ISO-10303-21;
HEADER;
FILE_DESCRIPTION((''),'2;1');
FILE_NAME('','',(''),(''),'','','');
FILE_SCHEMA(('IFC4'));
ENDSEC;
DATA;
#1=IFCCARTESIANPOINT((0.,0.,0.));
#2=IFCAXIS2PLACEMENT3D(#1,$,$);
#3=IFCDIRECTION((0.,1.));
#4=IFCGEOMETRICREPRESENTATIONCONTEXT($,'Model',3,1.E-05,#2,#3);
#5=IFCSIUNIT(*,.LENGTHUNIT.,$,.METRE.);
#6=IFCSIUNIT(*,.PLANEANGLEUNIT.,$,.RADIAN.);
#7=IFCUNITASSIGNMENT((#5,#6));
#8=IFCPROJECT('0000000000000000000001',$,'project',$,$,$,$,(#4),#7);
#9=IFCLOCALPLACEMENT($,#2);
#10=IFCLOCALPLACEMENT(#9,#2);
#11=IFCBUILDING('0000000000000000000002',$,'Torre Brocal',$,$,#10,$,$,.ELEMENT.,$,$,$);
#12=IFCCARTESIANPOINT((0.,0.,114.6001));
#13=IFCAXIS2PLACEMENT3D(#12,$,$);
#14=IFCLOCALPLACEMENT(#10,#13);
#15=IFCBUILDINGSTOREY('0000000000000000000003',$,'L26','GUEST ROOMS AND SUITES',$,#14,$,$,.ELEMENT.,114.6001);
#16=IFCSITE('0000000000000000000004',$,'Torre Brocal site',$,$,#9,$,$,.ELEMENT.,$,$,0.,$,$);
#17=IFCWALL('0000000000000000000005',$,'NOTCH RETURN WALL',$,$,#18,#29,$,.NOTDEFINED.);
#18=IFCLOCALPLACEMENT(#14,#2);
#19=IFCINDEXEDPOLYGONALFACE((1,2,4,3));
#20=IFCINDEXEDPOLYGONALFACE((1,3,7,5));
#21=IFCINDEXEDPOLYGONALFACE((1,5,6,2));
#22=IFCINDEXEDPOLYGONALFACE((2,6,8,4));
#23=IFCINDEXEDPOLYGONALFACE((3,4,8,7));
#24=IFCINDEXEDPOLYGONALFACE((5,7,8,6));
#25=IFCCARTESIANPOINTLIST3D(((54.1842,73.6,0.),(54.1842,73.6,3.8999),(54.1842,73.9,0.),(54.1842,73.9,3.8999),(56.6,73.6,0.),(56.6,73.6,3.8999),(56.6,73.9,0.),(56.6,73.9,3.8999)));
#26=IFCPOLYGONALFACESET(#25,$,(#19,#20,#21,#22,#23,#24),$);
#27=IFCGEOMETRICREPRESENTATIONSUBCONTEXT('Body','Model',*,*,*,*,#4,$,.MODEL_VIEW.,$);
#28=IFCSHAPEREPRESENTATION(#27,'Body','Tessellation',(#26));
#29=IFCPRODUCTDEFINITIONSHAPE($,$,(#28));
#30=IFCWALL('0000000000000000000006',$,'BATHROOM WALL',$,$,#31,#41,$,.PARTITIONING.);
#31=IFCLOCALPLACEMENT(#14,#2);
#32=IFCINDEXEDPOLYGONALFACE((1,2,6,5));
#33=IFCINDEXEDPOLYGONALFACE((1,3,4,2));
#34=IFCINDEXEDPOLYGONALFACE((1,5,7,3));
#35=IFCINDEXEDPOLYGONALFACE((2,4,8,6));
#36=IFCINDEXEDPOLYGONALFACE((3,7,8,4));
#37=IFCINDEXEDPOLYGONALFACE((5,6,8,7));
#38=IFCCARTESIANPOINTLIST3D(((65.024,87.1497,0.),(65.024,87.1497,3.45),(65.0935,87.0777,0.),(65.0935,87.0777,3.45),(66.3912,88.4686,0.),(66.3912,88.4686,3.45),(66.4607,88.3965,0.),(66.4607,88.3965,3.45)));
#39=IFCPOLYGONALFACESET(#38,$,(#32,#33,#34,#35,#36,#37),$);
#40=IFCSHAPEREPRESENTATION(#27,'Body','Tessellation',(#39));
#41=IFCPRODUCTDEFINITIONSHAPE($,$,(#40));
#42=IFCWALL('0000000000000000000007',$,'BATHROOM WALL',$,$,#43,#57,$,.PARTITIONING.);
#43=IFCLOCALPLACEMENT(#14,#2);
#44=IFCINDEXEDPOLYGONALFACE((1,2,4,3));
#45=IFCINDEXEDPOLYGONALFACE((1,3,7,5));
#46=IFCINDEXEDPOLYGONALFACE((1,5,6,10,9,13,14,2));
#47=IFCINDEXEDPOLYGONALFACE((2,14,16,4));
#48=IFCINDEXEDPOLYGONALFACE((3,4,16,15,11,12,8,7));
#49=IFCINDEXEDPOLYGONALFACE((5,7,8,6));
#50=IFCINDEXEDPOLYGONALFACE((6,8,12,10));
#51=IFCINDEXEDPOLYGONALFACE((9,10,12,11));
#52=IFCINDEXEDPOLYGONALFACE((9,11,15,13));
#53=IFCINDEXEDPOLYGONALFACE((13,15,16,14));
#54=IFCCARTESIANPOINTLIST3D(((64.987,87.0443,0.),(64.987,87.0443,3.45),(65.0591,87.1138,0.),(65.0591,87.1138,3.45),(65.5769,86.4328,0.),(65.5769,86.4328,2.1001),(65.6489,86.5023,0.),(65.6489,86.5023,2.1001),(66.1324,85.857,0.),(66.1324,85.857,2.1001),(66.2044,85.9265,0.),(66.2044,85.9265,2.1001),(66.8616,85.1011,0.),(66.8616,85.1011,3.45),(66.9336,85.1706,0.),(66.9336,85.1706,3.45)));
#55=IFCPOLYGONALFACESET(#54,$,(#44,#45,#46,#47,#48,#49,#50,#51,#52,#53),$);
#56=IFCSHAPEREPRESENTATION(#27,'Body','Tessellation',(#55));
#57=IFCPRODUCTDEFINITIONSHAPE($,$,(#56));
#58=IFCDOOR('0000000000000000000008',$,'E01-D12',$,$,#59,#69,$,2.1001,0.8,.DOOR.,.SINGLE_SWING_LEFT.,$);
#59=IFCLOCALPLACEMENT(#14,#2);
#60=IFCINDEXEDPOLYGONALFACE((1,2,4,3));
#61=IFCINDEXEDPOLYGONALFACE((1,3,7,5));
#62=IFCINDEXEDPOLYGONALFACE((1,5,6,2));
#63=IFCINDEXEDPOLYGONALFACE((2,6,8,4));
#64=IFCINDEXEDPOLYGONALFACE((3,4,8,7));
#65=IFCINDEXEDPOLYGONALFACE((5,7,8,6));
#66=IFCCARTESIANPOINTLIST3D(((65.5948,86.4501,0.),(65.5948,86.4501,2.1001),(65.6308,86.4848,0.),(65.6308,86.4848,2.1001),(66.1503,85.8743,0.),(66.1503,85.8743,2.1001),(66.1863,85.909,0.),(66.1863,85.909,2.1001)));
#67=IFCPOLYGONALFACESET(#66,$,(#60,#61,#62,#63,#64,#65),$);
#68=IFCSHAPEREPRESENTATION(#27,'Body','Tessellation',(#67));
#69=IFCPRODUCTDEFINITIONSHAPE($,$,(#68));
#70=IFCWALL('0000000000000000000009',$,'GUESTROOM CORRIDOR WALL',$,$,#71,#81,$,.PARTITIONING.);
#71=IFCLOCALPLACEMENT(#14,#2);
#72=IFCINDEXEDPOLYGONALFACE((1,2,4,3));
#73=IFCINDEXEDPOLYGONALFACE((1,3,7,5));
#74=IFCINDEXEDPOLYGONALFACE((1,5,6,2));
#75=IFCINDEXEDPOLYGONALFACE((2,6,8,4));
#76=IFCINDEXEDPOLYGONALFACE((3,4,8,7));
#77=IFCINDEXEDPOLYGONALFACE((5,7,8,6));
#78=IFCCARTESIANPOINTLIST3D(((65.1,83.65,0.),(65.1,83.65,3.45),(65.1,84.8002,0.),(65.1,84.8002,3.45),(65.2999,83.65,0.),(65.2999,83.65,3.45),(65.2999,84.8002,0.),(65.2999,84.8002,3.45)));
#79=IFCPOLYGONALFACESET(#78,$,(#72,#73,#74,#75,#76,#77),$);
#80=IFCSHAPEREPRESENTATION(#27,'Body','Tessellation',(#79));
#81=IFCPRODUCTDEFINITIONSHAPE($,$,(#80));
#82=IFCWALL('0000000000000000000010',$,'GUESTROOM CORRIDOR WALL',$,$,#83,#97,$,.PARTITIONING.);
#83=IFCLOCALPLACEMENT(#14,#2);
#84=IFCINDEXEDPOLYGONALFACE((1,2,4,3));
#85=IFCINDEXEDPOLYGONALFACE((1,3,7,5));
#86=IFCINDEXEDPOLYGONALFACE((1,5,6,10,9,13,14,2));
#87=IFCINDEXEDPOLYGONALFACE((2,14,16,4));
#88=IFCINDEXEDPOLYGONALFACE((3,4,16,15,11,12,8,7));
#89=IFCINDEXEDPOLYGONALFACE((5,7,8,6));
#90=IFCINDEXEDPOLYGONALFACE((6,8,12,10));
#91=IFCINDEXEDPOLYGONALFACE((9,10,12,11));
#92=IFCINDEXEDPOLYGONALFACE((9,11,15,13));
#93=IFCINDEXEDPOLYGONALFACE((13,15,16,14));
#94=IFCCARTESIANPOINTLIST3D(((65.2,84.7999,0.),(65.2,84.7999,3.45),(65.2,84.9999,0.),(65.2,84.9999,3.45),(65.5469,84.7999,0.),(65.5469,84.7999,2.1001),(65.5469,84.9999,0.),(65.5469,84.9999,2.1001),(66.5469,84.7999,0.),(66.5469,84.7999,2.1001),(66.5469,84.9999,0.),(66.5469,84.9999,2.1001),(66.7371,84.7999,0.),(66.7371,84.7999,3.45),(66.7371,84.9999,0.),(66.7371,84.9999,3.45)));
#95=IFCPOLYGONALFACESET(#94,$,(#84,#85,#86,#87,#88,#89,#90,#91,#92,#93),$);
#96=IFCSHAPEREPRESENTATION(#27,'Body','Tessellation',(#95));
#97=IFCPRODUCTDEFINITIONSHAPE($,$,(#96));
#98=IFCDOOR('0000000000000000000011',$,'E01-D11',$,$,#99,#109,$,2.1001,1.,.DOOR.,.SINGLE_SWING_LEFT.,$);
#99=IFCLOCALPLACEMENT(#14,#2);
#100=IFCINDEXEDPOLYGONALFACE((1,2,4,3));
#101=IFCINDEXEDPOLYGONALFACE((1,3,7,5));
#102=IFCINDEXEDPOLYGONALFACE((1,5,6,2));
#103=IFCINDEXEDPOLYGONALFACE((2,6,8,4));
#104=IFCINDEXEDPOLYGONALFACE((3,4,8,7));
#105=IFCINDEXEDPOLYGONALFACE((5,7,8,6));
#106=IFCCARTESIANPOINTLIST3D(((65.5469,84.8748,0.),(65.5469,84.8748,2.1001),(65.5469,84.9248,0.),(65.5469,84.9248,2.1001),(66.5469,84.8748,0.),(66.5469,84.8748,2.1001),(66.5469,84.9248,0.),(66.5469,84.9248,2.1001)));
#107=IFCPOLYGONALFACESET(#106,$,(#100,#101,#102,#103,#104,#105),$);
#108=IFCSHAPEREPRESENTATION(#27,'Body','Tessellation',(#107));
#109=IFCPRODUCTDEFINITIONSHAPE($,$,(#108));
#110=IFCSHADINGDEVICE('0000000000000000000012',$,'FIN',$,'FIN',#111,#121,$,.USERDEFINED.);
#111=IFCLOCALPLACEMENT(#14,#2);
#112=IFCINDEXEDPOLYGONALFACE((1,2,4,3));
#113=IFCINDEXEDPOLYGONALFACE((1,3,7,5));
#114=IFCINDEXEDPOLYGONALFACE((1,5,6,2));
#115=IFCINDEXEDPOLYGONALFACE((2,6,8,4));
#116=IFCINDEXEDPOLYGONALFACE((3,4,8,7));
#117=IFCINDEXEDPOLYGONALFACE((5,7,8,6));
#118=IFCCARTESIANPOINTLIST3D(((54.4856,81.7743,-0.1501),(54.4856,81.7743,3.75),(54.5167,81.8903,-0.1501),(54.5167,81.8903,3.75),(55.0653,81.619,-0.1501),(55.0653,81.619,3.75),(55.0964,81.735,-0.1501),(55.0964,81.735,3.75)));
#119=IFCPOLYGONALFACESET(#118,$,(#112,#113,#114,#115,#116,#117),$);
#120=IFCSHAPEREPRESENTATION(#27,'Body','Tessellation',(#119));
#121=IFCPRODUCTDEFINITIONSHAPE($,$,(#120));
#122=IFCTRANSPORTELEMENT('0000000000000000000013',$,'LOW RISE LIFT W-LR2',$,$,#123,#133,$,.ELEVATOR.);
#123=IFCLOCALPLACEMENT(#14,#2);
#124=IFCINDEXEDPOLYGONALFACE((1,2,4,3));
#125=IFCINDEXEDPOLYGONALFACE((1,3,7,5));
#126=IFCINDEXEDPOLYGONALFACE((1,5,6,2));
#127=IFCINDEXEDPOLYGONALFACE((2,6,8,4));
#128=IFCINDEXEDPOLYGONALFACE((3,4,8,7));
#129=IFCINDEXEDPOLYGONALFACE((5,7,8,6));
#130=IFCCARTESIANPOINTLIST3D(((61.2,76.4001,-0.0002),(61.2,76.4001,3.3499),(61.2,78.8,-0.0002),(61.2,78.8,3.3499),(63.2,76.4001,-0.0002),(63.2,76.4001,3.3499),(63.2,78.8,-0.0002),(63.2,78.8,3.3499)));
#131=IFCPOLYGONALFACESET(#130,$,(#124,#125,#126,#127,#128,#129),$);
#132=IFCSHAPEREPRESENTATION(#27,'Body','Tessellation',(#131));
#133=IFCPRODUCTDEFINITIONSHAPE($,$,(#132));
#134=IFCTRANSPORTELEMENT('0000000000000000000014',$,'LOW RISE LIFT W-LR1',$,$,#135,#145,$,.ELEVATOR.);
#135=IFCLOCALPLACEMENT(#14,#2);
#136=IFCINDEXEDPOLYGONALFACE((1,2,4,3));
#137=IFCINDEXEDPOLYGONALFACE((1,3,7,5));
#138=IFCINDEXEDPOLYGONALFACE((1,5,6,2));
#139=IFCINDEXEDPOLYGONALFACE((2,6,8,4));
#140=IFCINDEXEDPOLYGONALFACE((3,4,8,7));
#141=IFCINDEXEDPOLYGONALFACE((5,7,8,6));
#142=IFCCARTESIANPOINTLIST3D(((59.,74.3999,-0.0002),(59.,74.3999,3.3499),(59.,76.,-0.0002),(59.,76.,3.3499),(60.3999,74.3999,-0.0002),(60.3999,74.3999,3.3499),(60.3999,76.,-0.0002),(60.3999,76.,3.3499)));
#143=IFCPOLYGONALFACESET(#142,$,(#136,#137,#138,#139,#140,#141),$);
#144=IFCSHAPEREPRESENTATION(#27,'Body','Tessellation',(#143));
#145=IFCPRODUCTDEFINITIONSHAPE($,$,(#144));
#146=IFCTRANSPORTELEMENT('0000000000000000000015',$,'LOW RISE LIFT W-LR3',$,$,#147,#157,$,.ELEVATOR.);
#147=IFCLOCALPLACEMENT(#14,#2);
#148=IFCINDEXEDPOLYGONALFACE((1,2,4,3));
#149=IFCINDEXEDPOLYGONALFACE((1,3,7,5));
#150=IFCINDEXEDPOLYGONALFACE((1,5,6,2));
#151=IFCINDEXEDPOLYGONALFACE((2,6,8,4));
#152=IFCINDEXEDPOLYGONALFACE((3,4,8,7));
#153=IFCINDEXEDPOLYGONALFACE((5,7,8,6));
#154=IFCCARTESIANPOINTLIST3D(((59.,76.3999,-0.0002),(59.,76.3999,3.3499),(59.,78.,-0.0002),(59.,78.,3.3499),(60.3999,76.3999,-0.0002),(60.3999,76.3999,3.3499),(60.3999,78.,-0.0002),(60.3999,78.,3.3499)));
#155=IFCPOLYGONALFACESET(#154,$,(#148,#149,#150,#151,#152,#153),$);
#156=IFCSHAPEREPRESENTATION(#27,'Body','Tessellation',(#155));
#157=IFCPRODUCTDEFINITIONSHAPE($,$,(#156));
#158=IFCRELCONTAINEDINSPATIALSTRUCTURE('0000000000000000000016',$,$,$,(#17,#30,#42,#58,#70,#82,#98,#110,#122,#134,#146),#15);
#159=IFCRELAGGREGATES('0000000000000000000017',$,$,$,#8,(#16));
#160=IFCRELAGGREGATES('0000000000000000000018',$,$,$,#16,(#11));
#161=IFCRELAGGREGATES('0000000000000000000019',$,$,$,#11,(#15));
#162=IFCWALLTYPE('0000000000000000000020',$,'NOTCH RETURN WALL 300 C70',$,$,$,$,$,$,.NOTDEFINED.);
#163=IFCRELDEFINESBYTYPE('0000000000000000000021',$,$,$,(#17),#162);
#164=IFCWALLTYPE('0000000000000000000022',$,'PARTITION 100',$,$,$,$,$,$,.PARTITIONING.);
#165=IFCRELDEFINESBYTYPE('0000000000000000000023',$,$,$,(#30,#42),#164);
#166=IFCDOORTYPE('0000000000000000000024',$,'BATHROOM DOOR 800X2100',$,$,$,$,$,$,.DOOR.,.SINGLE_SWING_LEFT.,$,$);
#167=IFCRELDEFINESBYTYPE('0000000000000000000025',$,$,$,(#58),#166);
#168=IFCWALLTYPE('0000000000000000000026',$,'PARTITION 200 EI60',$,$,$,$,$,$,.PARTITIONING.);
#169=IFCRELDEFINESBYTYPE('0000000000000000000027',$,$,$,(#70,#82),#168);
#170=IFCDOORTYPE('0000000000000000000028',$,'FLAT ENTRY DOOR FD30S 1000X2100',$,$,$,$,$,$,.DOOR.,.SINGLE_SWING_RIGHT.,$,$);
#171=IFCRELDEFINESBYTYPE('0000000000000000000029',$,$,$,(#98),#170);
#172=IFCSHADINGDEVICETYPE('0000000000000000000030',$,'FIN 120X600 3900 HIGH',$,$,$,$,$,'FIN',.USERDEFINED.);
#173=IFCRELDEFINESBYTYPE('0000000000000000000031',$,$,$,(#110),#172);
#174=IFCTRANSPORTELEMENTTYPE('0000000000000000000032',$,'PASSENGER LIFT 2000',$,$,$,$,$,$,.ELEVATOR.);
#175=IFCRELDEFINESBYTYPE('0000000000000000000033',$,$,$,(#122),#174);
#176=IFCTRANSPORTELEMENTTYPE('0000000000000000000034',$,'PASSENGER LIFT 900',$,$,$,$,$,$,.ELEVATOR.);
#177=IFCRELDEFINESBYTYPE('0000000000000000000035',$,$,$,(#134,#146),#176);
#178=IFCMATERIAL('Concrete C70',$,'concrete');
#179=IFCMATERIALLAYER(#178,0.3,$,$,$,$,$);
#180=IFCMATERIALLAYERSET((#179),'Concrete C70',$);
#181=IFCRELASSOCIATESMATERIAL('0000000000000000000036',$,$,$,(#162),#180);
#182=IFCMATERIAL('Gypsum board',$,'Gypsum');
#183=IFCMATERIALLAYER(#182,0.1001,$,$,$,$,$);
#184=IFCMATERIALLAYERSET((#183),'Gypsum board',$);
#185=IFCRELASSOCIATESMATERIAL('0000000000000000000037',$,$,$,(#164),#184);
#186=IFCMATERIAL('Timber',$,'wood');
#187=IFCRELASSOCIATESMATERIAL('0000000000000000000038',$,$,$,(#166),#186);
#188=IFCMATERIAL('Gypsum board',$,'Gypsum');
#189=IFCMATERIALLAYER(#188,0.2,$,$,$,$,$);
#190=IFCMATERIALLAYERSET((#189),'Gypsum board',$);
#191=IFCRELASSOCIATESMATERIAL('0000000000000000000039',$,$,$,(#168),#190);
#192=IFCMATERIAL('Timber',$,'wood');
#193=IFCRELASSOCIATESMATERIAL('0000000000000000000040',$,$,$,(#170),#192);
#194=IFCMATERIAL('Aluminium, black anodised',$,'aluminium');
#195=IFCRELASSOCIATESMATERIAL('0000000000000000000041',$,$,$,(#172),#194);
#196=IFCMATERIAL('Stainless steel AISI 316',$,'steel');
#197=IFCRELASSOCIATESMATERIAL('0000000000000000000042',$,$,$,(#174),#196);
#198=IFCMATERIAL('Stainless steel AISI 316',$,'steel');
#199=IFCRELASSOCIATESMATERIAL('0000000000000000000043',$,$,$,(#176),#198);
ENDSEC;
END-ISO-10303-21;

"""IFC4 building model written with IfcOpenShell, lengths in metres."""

from ifc_helpers import new_model, si_unit, direction, frame, frame_2d, origin, origin_2d, place, context, subcontext, project, spatial, rectangle, extrude, material, layer, layer_set, material_profile, profile_set, type_object, element, fill, save


model = new_model("IFC4")

# Units and contexts
model_context = context("Model", 3, precision=1e-05, world=origin(), true_north=direction((0.0, 1.0)))
body_context = subcontext(model_context, "Body", "Model", "MODEL_VIEW")
ifc_project = project(units=[si_unit("LENGTHUNIT", "METRE"), si_unit("PLANEANGLEUNIT", "RADIAN")], contexts=[model_context])

# Site, building, storey
site_placement = place(None, origin())
site = spatial("IfcSite", under=ifc_project, at=site_placement, Name="Torre Brocal site", CompositionType="ELEMENT", RefElevation=0.0)
building_placement = place(site_placement, origin())
building = spatial("IfcBuilding", under=site, at=building_placement, Name="Torre Brocal", CompositionType="ELEMENT")
storey_placement = place(building_placement, frame((0.0, 0.0, 114.6001)))
storey = spatial("IfcBuildingStorey", under=building, at=storey_placement, Name="L26", Description="GUEST ROOMS AND SUITES", CompositionType="ELEMENT", Elevation=114.6001)

# Walls
ifc_material_1 = material(Name="Concrete C70", Category="concrete")
ifc_layer_1 = layer(ifc_material_1, 0.3)
ifc_layer_set_1 = layer_set([ifc_layer_1], Name="Concrete C70")
wall_type_1 = type_object("IfcWallType", Name="NOTCH RETURN WALL 300 C70", PredefinedType="NOTDEFINED", material=ifc_layer_set_1)
for number, where, z_axis, x_axis, name in (
    (1, (56.6001, 73.75, 0.0), (0.0, 0.0, 1.0), (-1.0, 0.0, 0.0), "NOTCH RETURN WALL"),
):
    element("IfcWall", number, at=place(storey_placement, frame(where, z_axis=z_axis, x_axis=x_axis)), inside=storey, type_object=wall_type_1, Name=name, PredefinedType="NOTDEFINED", context=body_context, shape_type="SweptSolid", body=[
        extrude(rectangle(XDim=2.4158, YDim=0.3, at=frame_2d((1.208, 0.0))), origin(), (0.0, 0.0, 1.0), 3.8999),
    ])
ifc_material_2 = material(Name="Gypsum board", Category="Gypsum")
ifc_layer_2 = layer(ifc_material_2, 0.1001)
ifc_layer_set_2 = layer_set([ifc_layer_2], Name="Gypsum board")
wall_type_2 = type_object("IfcWallType", Name="PARTITION 100", PredefinedType="PARTITIONING", material=ifc_layer_set_2)
wall_1_placement = place(storey_placement, frame((65.0588, 87.1138, 0.0), z_axis=(0.0, 0.0, 1.0), x_axis=(0.719716, 0.694269, 0.0)))
element("IfcWall", 2, at=wall_1_placement, inside=storey, type_object=wall_type_2, Name="BATHROOM WALL", PredefinedType="PARTITIONING", context=body_context, shape_type="SweptSolid", body=[
    extrude(rectangle(XDim=1.8997, YDim=0.1001, at=frame_2d((0.9497, 0.0))), origin(), (0.0, 0.0, 1.0), 3.45),
])

# Wall, opening, door
wall_2_placement = place(storey_placement, frame((65.0229, 87.0791, 0.0), z_axis=(0.0, 0.0, 1.0), x_axis=(0.694288, -0.719697, 0.0)))
wall_2 = element("IfcWall", 3, at=wall_2_placement, inside=storey, type_object=wall_type_2, Name="BATHROOM WALL", PredefinedType="PARTITIONING", context=body_context, shape_type="SweptSolid", body=[
    extrude(rectangle(XDim=2.7, YDim=0.1001, at=frame_2d((1.3501, 0.0))), origin(), (0.0, 0.0, 1.0), 3.45),
])
opening_1_placement = place(wall_2_placement, frame((0.8499, 0.0, 0.0)))
opening_1 = element("IfcOpeningElement", 4, at=opening_1_placement, cuts=wall_2, PredefinedType="OPENING", context=body_context, shape_type="SweptSolid", body=[
    extrude(rectangle(XDim=0.8, YDim=2.1001, at=frame_2d((0.3999, 1.05))), frame((0.0, 0.0601, 0.0), z_axis=(0.0, -1.0, 0.0), x_axis=(1.0, 0.0, 0.0)), (0.0, 0.0, 1.0), 0.1201),
])
ifc_material_3 = material(Name="Timber", Category="wood")
door_type_1 = type_object("IfcDoorType", Name="BATHROOM DOOR 800X2100", OperationType="SINGLE_SWING_LEFT", PredefinedType="DOOR", material=ifc_material_3)
door_1_placement = place(opening_1_placement, origin())
door_1 = element("IfcDoor", 5, at=door_1_placement, inside=storey, type_object=door_type_1, Name="E01-D12", OperationType="SINGLE_SWING_LEFT", OverallHeight=2.1001, OverallWidth=0.8, PredefinedType="DOOR", context=body_context, shape_type="SweptSolid", body=[
    extrude(rectangle(XDim=0.8, YDim=2.1001, at=frame_2d((0.3999, 1.05))), frame((0.0, 0.0249, 0.0), z_axis=(0.0, -1.0, 0.0), x_axis=(1.0, 0.0, 0.0)), (0.0, 0.0, 1.0), 0.05),
])
fill(opening_1, door_1)

# Wall
ifc_material_4 = material(Name="Gypsum board", Category="Gypsum")
ifc_layer_3 = layer(ifc_material_4, 0.2)
ifc_layer_set_3 = layer_set([ifc_layer_3], Name="Gypsum board")
wall_type_3 = type_object("IfcWallType", Name="PARTITION 200 EI60", PredefinedType="PARTITIONING", material=ifc_layer_set_3)
wall_3_placement = place(storey_placement, frame((65.2, 83.6499, 0.0), z_axis=(0.0, 0.0, 1.0), x_axis=(0.0, 1.0, 0.0)))
element("IfcWall", 6, at=wall_3_placement, inside=storey, type_object=wall_type_3, Name="GUESTROOM CORRIDOR WALL", PredefinedType="PARTITIONING", context=body_context, shape_type="SweptSolid", body=[
    extrude(rectangle(XDim=1.1501, YDim=0.2, at=frame_2d((0.5752, 0.0))), origin(), (0.0, 0.0, 1.0), 3.45),
])

# Wall, opening, door
wall_4_placement = place(storey_placement, frame((65.2, 84.8999, 0.0), z_axis=(0.0, 0.0, 1.0), x_axis=(1.0, 0.0, 0.0)))
wall_4 = element("IfcWall", 7, at=wall_4_placement, inside=storey, type_object=wall_type_3, Name="GUESTROOM CORRIDOR WALL", PredefinedType="PARTITIONING", context=body_context, shape_type="SweptSolid", body=[
    extrude(rectangle(XDim=1.5371, YDim=0.2, at=frame_2d((0.7686, 0.0))), origin(), (0.0, 0.0, 1.0), 3.45),
])
opening_2_placement = place(wall_4_placement, frame((0.3469, 0.0, 0.0)))
opening_2 = element("IfcOpeningElement", 8, at=opening_2_placement, cuts=wall_4, PredefinedType="OPENING", context=body_context, shape_type="SweptSolid", body=[
    extrude(rectangle(XDim=1.0, YDim=2.1001, at=frame_2d((0.5, 1.05))), frame((0.0, 0.1099, 0.0), z_axis=(0.0, -1.0, 0.0), x_axis=(1.0, 0.0, 0.0)), (0.0, 0.0, 1.0), 0.22),
])
ifc_material_5 = material(Name="Timber", Category="wood")
door_type_2 = type_object("IfcDoorType", Name="FLAT ENTRY DOOR FD30S 1000X2100", OperationType="SINGLE_SWING_RIGHT", PredefinedType="DOOR", material=ifc_material_5)
door_2_placement = place(opening_2_placement, origin())
door_2 = element("IfcDoor", 9, at=door_2_placement, inside=storey, type_object=door_type_2, Name="E01-D11", OperationType="SINGLE_SWING_LEFT", OverallHeight=2.1001, OverallWidth=1.0, PredefinedType="DOOR", context=body_context, shape_type="SweptSolid", body=[
    extrude(rectangle(XDim=1.0, YDim=2.1001, at=frame_2d((0.5, 1.05))), frame((0.0, 0.0249, 0.0), z_axis=(0.0, -1.0, 0.0), x_axis=(1.0, 0.0, 0.0)), (0.0, 0.0, 1.0), 0.05),
])
fill(opening_2, door_2)

# Shading device
ifc_material_6 = material(Name="Aluminium, black anodised", Category="aluminium")
ifc_material_profile_1 = material_profile(ifc_material_6, rectangle(XDim=0.1201, YDim=0.6001, at=origin_2d()), Name="FIN 120X600 3900 HIGH")
ifc_profile_set_1 = profile_set([ifc_material_profile_1], Name="Aluminium, black anodised")
shading_device_type = type_object("IfcShadingDeviceType", Name="FIN 120X600 3900 HIGH", ElementType="FIN", PredefinedType="USERDEFINED", material=ifc_profile_set_1)
shading_device_placement = place(storey_placement, frame((54.791, 81.7546, -0.1501), z_axis=(0.0, 0.0, 1.0), x_axis=(-0.258819, -0.965926, 0.0)))
element("IfcShadingDevice", 10, at=shading_device_placement, inside=storey, type_object=shading_device_type, Name="FIN", ObjectType="FIN", PredefinedType="USERDEFINED", context=body_context, shape_type="SweptSolid", body=[
    extrude(rectangle(XDim=0.1201, YDim=0.6001, at=origin_2d()), origin(), (0.0, 0.0, 1.0), 3.9001),
])

# Transport elements
ifc_material_7 = material(Name="Stainless steel AISI 316", Category="steel")
transport_element_type_1 = type_object("IfcTransportElementType", Name="PASSENGER LIFT 2000", PredefinedType="ELEVATOR", material=ifc_material_7)
transport_element_placement = place(storey_placement, frame((62.2, 77.6001, -0.0002), z_axis=(0.0, 0.0, 1.0), x_axis=(1.0, 0.0, 0.0)))
element("IfcTransportElement", 11, at=transport_element_placement, inside=storey, type_object=transport_element_type_1, Name="LOW RISE LIFT W-LR2", PredefinedType="ELEVATOR", context=body_context, shape_type="SweptSolid", body=[
    extrude(rectangle(XDim=2.0, YDim=2.3999, at=origin_2d()), origin(), (0.0, 0.0, 1.0), 3.3501),
])
ifc_material_8 = material(Name="Stainless steel AISI 316", Category="steel")
transport_element_type_2 = type_object("IfcTransportElementType", Name="PASSENGER LIFT 900", PredefinedType="ELEVATOR", material=ifc_material_8)
for number, where, z_axis, x_axis, name in (
    (12, (59.7, 75.2, -0.0002), (0.0, 0.0, 1.0), (1.0, 0.0, 0.0), "LOW RISE LIFT W-LR1"),
    (13, (59.7, 77.2, -0.0002), (0.0, 0.0, 1.0), (1.0, 0.0, 0.0), "LOW RISE LIFT W-LR3"),
):
    element("IfcTransportElement", number, at=place(storey_placement, frame(where, z_axis=z_axis, x_axis=x_axis)), inside=storey, type_object=transport_element_type_2, Name=name, PredefinedType="ELEVATOR", context=body_context, shape_type="SweptSolid", body=[
        extrude(rectangle(XDim=1.3999, YDim=1.6001, at=origin_2d()), origin(), (0.0, 0.0, 1.0), 3.3501),
    ])

save(model, "model.ifc")
